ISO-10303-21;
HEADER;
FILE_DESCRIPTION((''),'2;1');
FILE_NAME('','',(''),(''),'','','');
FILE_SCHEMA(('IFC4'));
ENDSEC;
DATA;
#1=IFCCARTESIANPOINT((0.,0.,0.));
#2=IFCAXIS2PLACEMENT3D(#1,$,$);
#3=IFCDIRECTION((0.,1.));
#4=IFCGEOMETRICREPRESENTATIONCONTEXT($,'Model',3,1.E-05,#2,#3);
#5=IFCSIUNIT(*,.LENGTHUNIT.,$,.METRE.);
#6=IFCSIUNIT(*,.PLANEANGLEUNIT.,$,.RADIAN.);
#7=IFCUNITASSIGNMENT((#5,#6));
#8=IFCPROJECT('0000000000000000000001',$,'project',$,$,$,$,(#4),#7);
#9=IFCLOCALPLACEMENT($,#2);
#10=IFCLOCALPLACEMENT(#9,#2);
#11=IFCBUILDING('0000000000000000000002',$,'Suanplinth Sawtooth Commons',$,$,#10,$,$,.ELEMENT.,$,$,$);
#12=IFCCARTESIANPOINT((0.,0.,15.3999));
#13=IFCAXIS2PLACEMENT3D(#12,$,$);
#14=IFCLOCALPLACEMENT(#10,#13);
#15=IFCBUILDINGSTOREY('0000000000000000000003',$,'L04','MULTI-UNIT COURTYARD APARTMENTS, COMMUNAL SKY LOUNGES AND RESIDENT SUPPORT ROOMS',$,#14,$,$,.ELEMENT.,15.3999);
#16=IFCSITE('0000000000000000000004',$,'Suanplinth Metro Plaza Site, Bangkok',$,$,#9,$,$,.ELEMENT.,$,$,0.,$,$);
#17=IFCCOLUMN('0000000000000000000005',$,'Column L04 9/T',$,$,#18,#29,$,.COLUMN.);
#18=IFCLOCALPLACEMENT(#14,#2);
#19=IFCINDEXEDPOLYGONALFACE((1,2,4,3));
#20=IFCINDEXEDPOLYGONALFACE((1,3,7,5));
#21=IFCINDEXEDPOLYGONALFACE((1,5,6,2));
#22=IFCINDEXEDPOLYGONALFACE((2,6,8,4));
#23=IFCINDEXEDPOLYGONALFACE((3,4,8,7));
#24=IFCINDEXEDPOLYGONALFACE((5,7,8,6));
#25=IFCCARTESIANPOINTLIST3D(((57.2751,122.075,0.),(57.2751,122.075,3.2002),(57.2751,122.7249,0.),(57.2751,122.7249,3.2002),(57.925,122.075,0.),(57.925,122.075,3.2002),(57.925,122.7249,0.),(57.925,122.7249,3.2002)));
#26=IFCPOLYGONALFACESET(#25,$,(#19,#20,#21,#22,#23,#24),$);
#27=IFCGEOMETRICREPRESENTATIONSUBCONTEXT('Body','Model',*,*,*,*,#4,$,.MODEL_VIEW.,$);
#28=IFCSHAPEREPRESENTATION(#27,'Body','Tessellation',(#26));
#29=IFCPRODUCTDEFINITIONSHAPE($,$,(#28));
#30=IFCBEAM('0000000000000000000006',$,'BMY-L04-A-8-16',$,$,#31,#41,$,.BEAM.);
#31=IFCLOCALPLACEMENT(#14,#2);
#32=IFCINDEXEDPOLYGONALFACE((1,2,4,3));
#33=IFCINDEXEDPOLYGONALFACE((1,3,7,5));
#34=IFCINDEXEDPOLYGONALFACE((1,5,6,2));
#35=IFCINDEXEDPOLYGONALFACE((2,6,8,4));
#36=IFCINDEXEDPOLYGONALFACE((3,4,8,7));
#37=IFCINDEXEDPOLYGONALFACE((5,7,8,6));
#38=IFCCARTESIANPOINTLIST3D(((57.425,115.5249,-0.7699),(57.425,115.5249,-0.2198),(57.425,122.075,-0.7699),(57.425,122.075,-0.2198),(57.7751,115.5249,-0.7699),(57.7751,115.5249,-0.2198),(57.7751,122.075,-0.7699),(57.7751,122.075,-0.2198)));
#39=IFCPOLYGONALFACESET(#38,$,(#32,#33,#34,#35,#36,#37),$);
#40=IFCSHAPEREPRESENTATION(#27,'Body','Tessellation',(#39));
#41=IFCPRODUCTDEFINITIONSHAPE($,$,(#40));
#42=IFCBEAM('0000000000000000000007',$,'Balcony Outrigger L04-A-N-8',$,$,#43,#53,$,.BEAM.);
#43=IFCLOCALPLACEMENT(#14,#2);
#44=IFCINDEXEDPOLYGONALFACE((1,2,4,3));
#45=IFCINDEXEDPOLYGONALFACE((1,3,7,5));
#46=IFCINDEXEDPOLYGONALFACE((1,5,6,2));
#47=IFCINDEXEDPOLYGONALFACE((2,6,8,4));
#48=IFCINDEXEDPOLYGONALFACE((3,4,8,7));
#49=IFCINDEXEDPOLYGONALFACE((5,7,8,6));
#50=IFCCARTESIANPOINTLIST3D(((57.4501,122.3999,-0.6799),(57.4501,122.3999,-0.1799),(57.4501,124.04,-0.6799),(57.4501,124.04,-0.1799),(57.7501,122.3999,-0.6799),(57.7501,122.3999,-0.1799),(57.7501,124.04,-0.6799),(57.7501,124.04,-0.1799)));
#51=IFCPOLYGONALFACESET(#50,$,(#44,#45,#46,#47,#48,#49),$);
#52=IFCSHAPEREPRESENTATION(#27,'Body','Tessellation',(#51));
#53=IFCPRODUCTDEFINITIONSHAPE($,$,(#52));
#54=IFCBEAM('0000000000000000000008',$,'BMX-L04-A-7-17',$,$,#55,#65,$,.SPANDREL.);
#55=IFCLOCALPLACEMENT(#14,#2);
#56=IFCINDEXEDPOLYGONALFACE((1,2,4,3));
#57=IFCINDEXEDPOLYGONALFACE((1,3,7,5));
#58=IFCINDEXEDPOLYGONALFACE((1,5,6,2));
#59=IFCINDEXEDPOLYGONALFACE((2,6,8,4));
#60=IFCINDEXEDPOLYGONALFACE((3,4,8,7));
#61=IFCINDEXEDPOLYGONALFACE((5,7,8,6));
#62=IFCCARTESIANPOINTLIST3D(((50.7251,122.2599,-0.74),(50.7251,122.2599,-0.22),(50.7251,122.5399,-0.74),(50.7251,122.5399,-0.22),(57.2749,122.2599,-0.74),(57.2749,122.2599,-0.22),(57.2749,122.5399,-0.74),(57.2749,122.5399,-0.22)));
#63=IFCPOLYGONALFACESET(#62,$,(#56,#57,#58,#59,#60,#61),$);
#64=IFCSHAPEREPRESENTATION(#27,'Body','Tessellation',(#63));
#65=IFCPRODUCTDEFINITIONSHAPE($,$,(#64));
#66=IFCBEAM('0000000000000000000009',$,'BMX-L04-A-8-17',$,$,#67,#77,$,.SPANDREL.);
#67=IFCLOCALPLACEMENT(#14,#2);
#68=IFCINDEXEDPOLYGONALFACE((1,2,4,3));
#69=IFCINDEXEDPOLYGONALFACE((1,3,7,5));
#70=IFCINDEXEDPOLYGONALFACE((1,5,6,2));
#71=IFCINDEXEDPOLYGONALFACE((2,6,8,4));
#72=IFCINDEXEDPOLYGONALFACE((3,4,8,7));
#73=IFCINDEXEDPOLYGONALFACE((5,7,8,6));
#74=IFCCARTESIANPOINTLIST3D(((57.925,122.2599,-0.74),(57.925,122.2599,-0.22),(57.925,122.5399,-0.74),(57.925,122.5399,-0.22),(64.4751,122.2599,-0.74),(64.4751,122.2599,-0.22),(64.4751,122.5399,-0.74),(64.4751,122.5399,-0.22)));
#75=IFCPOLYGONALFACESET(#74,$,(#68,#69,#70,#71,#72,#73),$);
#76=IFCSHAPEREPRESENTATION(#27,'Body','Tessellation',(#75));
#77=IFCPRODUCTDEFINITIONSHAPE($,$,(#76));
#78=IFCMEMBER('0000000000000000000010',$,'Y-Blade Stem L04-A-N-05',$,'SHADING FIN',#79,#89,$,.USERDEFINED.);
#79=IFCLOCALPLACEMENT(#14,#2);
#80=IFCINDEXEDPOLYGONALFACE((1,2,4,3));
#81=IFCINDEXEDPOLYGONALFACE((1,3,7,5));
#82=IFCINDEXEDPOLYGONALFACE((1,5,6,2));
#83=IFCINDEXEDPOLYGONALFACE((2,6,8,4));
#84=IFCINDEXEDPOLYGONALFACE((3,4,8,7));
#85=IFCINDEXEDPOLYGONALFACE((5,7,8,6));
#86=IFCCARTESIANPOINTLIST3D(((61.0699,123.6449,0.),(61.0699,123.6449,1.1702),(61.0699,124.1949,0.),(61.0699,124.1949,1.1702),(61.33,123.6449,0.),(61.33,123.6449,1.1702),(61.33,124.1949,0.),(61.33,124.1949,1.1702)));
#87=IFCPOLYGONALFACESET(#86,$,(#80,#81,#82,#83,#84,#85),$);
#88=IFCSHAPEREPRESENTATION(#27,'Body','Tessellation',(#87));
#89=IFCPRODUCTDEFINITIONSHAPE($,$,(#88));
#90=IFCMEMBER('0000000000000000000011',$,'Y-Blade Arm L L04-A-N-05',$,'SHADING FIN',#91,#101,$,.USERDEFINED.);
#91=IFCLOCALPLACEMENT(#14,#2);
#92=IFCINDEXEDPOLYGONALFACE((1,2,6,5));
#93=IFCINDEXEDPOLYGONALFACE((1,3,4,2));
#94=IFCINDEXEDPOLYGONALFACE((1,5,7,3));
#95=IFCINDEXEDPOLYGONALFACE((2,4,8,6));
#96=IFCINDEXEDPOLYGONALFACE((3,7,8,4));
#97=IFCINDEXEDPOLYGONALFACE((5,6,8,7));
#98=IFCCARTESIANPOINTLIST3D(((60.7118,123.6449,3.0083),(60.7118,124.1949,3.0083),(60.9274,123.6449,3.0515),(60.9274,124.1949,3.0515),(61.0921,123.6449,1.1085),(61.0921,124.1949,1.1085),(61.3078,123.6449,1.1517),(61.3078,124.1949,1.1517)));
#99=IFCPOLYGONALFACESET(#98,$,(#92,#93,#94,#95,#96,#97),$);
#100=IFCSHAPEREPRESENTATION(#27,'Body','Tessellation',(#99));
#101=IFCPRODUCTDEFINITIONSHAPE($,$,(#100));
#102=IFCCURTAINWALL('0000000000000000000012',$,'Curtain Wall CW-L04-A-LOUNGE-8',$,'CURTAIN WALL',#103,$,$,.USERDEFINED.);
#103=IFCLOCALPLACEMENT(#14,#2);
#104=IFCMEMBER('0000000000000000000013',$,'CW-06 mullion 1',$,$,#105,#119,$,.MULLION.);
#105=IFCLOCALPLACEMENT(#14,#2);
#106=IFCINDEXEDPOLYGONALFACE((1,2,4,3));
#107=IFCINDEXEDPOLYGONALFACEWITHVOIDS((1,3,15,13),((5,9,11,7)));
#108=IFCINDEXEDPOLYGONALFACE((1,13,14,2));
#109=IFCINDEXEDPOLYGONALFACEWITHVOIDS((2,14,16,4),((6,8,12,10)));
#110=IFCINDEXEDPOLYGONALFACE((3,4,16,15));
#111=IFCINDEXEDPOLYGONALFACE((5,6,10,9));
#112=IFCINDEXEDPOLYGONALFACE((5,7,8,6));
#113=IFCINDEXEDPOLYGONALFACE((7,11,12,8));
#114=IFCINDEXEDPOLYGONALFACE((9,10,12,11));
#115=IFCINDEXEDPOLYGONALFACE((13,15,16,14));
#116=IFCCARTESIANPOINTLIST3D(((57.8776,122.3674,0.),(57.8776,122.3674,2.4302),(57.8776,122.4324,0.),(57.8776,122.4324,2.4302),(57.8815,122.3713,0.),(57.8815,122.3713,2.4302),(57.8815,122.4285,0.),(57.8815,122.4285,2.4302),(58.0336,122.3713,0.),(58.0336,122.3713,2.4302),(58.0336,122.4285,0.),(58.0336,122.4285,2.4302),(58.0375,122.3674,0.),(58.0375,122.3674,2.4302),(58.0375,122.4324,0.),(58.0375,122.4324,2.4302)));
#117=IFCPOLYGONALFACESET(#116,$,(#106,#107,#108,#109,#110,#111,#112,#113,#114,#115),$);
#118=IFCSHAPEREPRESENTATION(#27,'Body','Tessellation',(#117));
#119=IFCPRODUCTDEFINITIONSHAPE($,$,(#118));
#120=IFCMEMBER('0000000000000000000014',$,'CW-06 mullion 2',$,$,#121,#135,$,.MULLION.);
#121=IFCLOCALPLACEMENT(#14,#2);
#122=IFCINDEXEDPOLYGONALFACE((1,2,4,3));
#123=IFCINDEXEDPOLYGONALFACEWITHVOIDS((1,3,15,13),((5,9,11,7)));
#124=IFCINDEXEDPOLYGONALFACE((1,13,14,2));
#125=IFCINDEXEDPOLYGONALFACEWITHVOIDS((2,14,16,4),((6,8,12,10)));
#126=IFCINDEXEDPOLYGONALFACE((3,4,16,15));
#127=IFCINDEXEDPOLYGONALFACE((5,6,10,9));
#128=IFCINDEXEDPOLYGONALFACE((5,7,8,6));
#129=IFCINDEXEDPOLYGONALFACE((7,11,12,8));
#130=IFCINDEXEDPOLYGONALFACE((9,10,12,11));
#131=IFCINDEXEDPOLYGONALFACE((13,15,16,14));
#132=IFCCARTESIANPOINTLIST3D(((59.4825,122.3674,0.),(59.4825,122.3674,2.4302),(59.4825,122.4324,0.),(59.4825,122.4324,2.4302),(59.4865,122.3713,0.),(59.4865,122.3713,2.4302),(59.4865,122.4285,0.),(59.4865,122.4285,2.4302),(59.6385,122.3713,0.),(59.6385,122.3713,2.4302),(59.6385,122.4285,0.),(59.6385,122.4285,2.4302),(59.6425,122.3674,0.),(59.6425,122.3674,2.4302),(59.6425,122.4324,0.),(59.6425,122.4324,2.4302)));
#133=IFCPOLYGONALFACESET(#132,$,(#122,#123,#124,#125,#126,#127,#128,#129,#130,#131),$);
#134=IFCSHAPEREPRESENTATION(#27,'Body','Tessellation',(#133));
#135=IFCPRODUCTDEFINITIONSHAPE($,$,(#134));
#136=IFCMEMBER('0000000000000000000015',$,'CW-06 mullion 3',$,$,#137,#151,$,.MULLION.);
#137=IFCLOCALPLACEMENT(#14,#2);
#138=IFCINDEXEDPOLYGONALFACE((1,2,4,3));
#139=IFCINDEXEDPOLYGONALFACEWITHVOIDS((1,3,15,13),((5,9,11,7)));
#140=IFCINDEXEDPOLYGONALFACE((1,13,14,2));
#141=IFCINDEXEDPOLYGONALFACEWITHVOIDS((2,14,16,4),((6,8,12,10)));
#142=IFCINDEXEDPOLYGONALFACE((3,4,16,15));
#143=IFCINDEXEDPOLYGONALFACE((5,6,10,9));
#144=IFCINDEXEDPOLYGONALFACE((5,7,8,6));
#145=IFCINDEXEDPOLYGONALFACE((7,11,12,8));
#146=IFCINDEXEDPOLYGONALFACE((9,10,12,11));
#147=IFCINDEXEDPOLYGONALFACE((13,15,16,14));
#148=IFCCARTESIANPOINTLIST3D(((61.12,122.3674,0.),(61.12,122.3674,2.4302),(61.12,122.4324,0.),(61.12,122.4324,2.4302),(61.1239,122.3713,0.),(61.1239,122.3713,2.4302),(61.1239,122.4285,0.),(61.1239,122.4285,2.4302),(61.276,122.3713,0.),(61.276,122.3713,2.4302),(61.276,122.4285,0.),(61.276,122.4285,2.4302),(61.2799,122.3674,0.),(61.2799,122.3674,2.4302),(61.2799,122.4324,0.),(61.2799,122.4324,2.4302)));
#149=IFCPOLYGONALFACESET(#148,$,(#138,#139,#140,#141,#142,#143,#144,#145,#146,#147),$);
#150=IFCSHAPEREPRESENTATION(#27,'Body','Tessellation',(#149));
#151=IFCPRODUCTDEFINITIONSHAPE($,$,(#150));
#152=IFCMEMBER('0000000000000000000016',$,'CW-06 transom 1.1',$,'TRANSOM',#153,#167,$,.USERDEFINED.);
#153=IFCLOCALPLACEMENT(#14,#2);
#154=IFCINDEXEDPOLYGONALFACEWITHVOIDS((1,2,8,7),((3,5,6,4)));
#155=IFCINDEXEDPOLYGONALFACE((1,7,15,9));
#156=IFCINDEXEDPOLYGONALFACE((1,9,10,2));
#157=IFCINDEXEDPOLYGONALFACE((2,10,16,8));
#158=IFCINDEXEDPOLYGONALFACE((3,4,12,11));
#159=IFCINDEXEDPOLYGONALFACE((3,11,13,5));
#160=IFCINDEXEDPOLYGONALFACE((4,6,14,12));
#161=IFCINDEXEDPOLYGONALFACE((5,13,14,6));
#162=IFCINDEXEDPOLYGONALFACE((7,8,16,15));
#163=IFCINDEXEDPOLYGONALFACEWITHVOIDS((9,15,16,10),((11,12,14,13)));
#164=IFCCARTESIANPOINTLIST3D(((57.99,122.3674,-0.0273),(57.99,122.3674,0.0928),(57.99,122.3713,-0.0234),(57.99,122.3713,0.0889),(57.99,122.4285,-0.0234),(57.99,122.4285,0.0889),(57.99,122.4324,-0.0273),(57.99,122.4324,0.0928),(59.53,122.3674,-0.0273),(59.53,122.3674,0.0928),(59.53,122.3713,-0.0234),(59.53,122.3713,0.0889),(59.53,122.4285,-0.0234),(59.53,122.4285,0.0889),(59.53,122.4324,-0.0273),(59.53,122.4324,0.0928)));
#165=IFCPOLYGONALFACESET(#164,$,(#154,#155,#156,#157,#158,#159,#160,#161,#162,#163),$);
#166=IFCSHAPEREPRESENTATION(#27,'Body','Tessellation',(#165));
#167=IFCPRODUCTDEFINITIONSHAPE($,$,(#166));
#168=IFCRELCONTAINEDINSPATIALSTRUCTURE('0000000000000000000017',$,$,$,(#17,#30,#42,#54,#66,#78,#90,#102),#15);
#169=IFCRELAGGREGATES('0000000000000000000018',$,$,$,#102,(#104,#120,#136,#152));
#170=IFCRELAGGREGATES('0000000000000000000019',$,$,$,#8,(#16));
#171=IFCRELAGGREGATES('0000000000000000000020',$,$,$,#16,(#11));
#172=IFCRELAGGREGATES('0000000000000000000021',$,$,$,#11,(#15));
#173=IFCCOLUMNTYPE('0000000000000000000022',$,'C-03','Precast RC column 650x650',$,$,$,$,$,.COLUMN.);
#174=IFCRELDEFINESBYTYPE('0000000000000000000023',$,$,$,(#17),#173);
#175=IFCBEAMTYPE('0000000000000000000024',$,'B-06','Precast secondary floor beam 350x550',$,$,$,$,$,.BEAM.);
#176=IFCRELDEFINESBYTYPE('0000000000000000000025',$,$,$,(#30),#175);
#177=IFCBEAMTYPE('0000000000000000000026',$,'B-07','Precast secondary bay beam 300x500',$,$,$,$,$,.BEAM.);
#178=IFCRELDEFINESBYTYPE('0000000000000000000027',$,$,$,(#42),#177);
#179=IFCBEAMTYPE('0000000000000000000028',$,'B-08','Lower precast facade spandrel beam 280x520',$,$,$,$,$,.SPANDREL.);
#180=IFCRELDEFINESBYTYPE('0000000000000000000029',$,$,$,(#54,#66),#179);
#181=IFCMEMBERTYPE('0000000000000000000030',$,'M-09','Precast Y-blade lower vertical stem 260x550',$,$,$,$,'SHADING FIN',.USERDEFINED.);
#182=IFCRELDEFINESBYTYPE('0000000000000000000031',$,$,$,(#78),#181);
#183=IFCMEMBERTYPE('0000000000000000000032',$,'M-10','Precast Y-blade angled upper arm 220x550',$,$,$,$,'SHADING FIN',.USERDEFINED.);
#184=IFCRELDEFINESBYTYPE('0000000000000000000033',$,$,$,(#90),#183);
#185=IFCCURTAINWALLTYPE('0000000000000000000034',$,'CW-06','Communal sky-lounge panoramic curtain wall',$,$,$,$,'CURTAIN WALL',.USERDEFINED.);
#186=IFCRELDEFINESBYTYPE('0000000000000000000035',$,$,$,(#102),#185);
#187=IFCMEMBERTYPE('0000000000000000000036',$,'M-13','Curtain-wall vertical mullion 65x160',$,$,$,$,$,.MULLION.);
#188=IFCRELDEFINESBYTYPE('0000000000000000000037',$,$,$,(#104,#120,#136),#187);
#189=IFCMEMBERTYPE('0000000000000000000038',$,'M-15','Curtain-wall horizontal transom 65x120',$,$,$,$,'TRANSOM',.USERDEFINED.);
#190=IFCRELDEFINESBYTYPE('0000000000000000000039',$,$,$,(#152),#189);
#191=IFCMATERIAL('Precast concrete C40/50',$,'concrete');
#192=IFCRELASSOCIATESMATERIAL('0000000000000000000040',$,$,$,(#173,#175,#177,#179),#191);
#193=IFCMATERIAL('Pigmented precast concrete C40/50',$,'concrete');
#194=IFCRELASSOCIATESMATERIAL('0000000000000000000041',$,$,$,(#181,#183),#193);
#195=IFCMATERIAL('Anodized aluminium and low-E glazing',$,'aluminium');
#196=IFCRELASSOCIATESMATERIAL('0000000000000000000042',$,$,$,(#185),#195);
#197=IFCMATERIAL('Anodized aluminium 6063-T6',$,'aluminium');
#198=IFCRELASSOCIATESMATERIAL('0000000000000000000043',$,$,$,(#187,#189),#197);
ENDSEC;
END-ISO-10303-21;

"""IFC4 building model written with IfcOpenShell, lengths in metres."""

from ifc_helpers import new_model, si_unit, direction, frame, origin, origin_2d, place, context, subcontext, project, spatial, rectangle, hollow_rectangle, extrude, material, material_profile, profile_set, type_object, element, aggregate, save


model = new_model("IFC4")

# Units and contexts
model_context = context("Model", 3, precision=1e-05, world=origin(), true_north=direction((0.0, 1.0)))
body_context = subcontext(model_context, "Body", "Model", "MODEL_VIEW")
ifc_project = project(units=[si_unit("LENGTHUNIT", "METRE"), si_unit("PLANEANGLEUNIT", "RADIAN")], contexts=[model_context])

# Site, building, storey
site_placement = place(None, origin())
site = spatial("IfcSite", under=ifc_project, at=site_placement, Name="Suanplinth Metro Plaza Site, Bangkok", CompositionType="ELEMENT", RefElevation=0.0)
building_placement = place(site_placement, origin())
building = spatial("IfcBuilding", under=site, at=building_placement, Name="Suanplinth Sawtooth Commons", CompositionType="ELEMENT")
storey_placement = place(building_placement, frame((0.0, 0.0, 15.3999)))
storey = spatial("IfcBuildingStorey", under=building, at=storey_placement, Name="L04", Description="MULTI-UNIT COURTYARD APARTMENTS, COMMUNAL SKY LOUNGES AND RESIDENT SUPPORT ROOMS", CompositionType="ELEMENT", Elevation=15.3999)

# Column
ifc_material_1 = material(Name="Precast concrete C40/50", Category="concrete")
ifc_material_profile_1 = material_profile(ifc_material_1, rectangle(XDim=0.6499, YDim=0.6499, at=origin_2d()), Name="PC-COL 650x650")
ifc_profile_set_1 = profile_set([ifc_material_profile_1], Name="Precast concrete C40/50")
column_type = type_object("IfcColumnType", Name="C-03", Description="Precast RC column 650x650", PredefinedType="COLUMN", material=ifc_profile_set_1)
column_placement = place(storey_placement, frame((57.6001, 122.3999, 0.0), z_axis=(0.0, 0.0, 1.0), x_axis=(1.0, 0.0, 0.0)))
element("IfcColumn", 1, at=column_placement, inside=storey, type_object=column_type, Name="Column L04 9/T", PredefinedType="COLUMN", context=body_context, shape_type="SweptSolid", body=[
    extrude(rectangle(XDim=0.6499, YDim=0.6499, at=origin_2d()), origin(), (0.0, 0.0, 1.0), 3.2002),
])

# Beams
ifc_material_profile_2 = material_profile(ifc_material_1, rectangle(XDim=0.3501, YDim=0.55, at=origin_2d()), Name="PC-BM 350x550")
ifc_profile_set_2 = profile_set([ifc_material_profile_2], Name="Precast concrete C40/50")
beam_type_1 = type_object("IfcBeamType", Name="B-06", Description="Precast secondary floor beam 350x550", PredefinedType="BEAM", material=ifc_profile_set_2)
beam_1_placement = place(storey_placement, frame((57.6001, 115.5249, -0.4949), z_axis=(0.0, 1.0, 0.0), x_axis=(-1.0, 0.0, 0.0)))
element("IfcBeam", 2, at=beam_1_placement, inside=storey, type_object=beam_type_1, Name="BMY-L04-A-8-16", PredefinedType="BEAM", context=body_context, shape_type="SweptSolid", body=[
    extrude(rectangle(XDim=0.3501, YDim=0.55, at=origin_2d()), origin(), (0.0, 0.0, 1.0), 6.55),
])
ifc_material_profile_3 = material_profile(ifc_material_1, rectangle(XDim=0.3, YDim=0.5, at=origin_2d()), Name="PC-BM 300x500")
ifc_profile_set_3 = profile_set([ifc_material_profile_3], Name="Precast concrete C40/50")
beam_type_2 = type_object("IfcBeamType", Name="B-07", Description="Precast secondary bay beam 300x500", PredefinedType="BEAM", material=ifc_profile_set_3)
beam_2_placement = place(storey_placement, frame((57.6001, 122.3999, -0.4299), z_axis=(0.0, 1.0, 0.0), x_axis=(-1.0, 0.0, 0.0)))
element("IfcBeam", 3, at=beam_2_placement, inside=storey, type_object=beam_type_2, Name="Balcony Outrigger L04-A-N-8", PredefinedType="BEAM", context=body_context, shape_type="SweptSolid", body=[
    extrude(rectangle(XDim=0.3, YDim=0.5, at=origin_2d()), origin(), (0.0, 0.0, 1.0), 1.6401),
])
ifc_material_profile_4 = material_profile(ifc_material_1, rectangle(XDim=0.28, YDim=0.52, at=origin_2d()), Name="PC-SP 280x520")
ifc_profile_set_4 = profile_set([ifc_material_profile_4], Name="Precast concrete C40/50")
beam_type_3 = type_object("IfcBeamType", Name="B-08", Description="Lower precast facade spandrel beam 280x520", PredefinedType="SPANDREL", material=ifc_profile_set_4)
beam_3_placement = place(storey_placement, frame((50.7251, 122.3999, -0.48), z_axis=(1.0, 0.0, 0.0), x_axis=(0.0, 1.0, 0.0)))
element("IfcBeam", 4, at=beam_3_placement, inside=storey, type_object=beam_type_3, Name="BMX-L04-A-7-17", PredefinedType="SPANDREL", context=body_context, shape_type="SweptSolid", body=[
    extrude(rectangle(XDim=0.28, YDim=0.52, at=origin_2d()), origin(), (0.0, 0.0, 1.0), 6.5498),
])
beam_4_placement = place(storey_placement, frame((57.925, 122.3999, -0.48), z_axis=(1.0, 0.0, 0.0), x_axis=(0.0, 1.0, 0.0)))
element("IfcBeam", 5, at=beam_4_placement, inside=storey, type_object=beam_type_3, Name="BMX-L04-A-8-17", PredefinedType="SPANDREL", context=body_context, shape_type="SweptSolid", body=[
    extrude(rectangle(XDim=0.28, YDim=0.52, at=origin_2d()), origin(), (0.0, 0.0, 1.0), 6.55),
])

# Members
ifc_material_2 = material(Name="Pigmented precast concrete C40/50", Category="concrete")
ifc_material_profile_5 = material_profile(ifc_material_2, rectangle(XDim=0.26, YDim=0.55, at=origin_2d()), Name="PC-FIN 260x550")
ifc_profile_set_5 = profile_set([ifc_material_profile_5], Name="Pigmented precast concrete C40/50")
member_type_1 = type_object("IfcMemberType", Name="M-09", Description="Precast Y-blade lower vertical stem 260x550", ElementType="SHADING FIN", PredefinedType="USERDEFINED", material=ifc_profile_set_5)
member_1_placement = place(storey_placement, frame((61.2, 123.9199, 0.0), z_axis=(0.0, 0.0, 1.0), x_axis=(1.0, 0.0, 0.0)))
element("IfcMember", 6, at=member_1_placement, inside=storey, type_object=member_type_1, Name="Y-Blade Stem L04-A-N-05", ObjectType="SHADING FIN", PredefinedType="USERDEFINED", context=body_context, shape_type="SweptSolid", body=[
    extrude(rectangle(XDim=0.26, YDim=0.55, at=origin_2d()), origin(), (0.0, 0.0, 1.0), 1.1702),
])
ifc_material_profile_6 = material_profile(ifc_material_2, rectangle(XDim=0.22, YDim=0.55, at=origin_2d()), Name="PC-FIN 220x550")
ifc_profile_set_6 = profile_set([ifc_material_profile_6], Name="Pigmented precast concrete C40/50")
member_type_2 = type_object("IfcMemberType", Name="M-10", Description="Precast Y-blade angled upper arm 220x550", ElementType="SHADING FIN", PredefinedType="USERDEFINED", material=ifc_profile_set_6)
member_2_placement = place(storey_placement, frame((61.2, 123.9199, 1.1301), z_axis=(-0.19631, 0.0, 0.980542), x_axis=(0.980542, 0.0, 0.19631)))
element("IfcMember", 7, at=member_2_placement, inside=storey, type_object=member_type_2, Name="Y-Blade Arm L L04-A-N-05", ObjectType="SHADING FIN", PredefinedType="USERDEFINED", context=body_context, shape_type="SweptSolid", body=[
    extrude(rectangle(XDim=0.22, YDim=0.55, at=origin_2d()), origin(), (0.0, 0.0, 1.0), 1.9375),
])

# Curtain wall, members
ifc_material_3 = material(Name="Anodized aluminium and low-E glazing", Category="aluminium")
curtain_wall_type = type_object("IfcCurtainWallType", Name="CW-06", Description="Communal sky-lounge panoramic curtain wall", ElementType="CURTAIN WALL", PredefinedType="USERDEFINED", material=ifc_material_3)
curtain_wall_placement = place(storey_placement, origin())
curtain_wall = element("IfcCurtainWall", 8, at=curtain_wall_placement, inside=storey, type_object=curtain_wall_type, Name="Curtain Wall CW-L04-A-LOUNGE-8", ObjectType="CURTAIN WALL", PredefinedType="USERDEFINED")
ifc_material_4 = material(Name="Anodized aluminium 6063-T6", Category="aluminium")
ifc_material_profile_7 = material_profile(ifc_material_4, hollow_rectangle(XDim=0.0649, YDim=0.1599, WallThickness=0.0039, at=origin_2d()), Name="ALU-MUL 65x160")
ifc_profile_set_7 = profile_set([ifc_material_profile_7], Name="Anodized aluminium 6063-T6")
member_type_3 = type_object("IfcMemberType", Name="M-13", Description="Curtain-wall vertical mullion 65x160", PredefinedType="MULLION", material=ifc_profile_set_7)
member_3_placement = place(storey_placement, frame((57.9575, 122.3999, 0.0), z_axis=(0.0, 0.0, 1.0), x_axis=(0.0, 1.0, 0.0)))
member_3 = element("IfcMember", 9, at=member_3_placement, type_object=member_type_3, Name="CW-06 mullion 1", PredefinedType="MULLION", context=body_context, shape_type="SweptSolid", body=[
    extrude(hollow_rectangle(XDim=0.0649, YDim=0.1599, WallThickness=0.0039, at=origin_2d()), origin(), (0.0, 0.0, 1.0), 2.4302),
])
member_4_placement = place(storey_placement, frame((59.5625, 122.3999, 0.0), z_axis=(0.0, 0.0, 1.0), x_axis=(0.0, 1.0, 0.0)))
member_4 = element("IfcMember", 10, at=member_4_placement, type_object=member_type_3, Name="CW-06 mullion 2", PredefinedType="MULLION", context=body_context, shape_type="SweptSolid", body=[
    extrude(hollow_rectangle(XDim=0.0649, YDim=0.1599, WallThickness=0.0039, at=origin_2d()), origin(), (0.0, 0.0, 1.0), 2.4302),
])
member_5_placement = place(storey_placement, frame((61.2, 122.3999, 0.0), z_axis=(0.0, 0.0, 1.0), x_axis=(0.0, 1.0, 0.0)))
member_5 = element("IfcMember", 11, at=member_5_placement, type_object=member_type_3, Name="CW-06 mullion 3", PredefinedType="MULLION", context=body_context, shape_type="SweptSolid", body=[
    extrude(hollow_rectangle(XDim=0.0649, YDim=0.1599, WallThickness=0.0039, at=origin_2d()), origin(), (0.0, 0.0, 1.0), 2.4302),
])
ifc_material_profile_8 = material_profile(ifc_material_4, hollow_rectangle(XDim=0.0649, YDim=0.1201, WallThickness=0.0039, at=origin_2d()), Name="ALU-TRN 65x120")
ifc_profile_set_8 = profile_set([ifc_material_profile_8], Name="Anodized aluminium 6063-T6")
member_type_4 = type_object("IfcMemberType", Name="M-15", Description="Curtain-wall horizontal transom 65x120", ElementType="TRANSOM", PredefinedType="USERDEFINED", material=ifc_profile_set_8)
member_6_placement = place(storey_placement, frame((57.99, 122.3999, 0.0327), z_axis=(1.0, 0.0, 0.0), x_axis=(0.0, 1.0, 0.0)))
member_6 = element("IfcMember", 12, at=member_6_placement, type_object=member_type_4, Name="CW-06 transom 1.1", ObjectType="TRANSOM", PredefinedType="USERDEFINED", context=body_context, shape_type="SweptSolid", body=[
    extrude(hollow_rectangle(XDim=0.0649, YDim=0.1201, WallThickness=0.0039, at=origin_2d()), origin(), (0.0, 0.0, 1.0), 1.54),
])

aggregate(curtain_wall, [member_3, member_4, member_5, member_6])

save(model, "model.ifc")
